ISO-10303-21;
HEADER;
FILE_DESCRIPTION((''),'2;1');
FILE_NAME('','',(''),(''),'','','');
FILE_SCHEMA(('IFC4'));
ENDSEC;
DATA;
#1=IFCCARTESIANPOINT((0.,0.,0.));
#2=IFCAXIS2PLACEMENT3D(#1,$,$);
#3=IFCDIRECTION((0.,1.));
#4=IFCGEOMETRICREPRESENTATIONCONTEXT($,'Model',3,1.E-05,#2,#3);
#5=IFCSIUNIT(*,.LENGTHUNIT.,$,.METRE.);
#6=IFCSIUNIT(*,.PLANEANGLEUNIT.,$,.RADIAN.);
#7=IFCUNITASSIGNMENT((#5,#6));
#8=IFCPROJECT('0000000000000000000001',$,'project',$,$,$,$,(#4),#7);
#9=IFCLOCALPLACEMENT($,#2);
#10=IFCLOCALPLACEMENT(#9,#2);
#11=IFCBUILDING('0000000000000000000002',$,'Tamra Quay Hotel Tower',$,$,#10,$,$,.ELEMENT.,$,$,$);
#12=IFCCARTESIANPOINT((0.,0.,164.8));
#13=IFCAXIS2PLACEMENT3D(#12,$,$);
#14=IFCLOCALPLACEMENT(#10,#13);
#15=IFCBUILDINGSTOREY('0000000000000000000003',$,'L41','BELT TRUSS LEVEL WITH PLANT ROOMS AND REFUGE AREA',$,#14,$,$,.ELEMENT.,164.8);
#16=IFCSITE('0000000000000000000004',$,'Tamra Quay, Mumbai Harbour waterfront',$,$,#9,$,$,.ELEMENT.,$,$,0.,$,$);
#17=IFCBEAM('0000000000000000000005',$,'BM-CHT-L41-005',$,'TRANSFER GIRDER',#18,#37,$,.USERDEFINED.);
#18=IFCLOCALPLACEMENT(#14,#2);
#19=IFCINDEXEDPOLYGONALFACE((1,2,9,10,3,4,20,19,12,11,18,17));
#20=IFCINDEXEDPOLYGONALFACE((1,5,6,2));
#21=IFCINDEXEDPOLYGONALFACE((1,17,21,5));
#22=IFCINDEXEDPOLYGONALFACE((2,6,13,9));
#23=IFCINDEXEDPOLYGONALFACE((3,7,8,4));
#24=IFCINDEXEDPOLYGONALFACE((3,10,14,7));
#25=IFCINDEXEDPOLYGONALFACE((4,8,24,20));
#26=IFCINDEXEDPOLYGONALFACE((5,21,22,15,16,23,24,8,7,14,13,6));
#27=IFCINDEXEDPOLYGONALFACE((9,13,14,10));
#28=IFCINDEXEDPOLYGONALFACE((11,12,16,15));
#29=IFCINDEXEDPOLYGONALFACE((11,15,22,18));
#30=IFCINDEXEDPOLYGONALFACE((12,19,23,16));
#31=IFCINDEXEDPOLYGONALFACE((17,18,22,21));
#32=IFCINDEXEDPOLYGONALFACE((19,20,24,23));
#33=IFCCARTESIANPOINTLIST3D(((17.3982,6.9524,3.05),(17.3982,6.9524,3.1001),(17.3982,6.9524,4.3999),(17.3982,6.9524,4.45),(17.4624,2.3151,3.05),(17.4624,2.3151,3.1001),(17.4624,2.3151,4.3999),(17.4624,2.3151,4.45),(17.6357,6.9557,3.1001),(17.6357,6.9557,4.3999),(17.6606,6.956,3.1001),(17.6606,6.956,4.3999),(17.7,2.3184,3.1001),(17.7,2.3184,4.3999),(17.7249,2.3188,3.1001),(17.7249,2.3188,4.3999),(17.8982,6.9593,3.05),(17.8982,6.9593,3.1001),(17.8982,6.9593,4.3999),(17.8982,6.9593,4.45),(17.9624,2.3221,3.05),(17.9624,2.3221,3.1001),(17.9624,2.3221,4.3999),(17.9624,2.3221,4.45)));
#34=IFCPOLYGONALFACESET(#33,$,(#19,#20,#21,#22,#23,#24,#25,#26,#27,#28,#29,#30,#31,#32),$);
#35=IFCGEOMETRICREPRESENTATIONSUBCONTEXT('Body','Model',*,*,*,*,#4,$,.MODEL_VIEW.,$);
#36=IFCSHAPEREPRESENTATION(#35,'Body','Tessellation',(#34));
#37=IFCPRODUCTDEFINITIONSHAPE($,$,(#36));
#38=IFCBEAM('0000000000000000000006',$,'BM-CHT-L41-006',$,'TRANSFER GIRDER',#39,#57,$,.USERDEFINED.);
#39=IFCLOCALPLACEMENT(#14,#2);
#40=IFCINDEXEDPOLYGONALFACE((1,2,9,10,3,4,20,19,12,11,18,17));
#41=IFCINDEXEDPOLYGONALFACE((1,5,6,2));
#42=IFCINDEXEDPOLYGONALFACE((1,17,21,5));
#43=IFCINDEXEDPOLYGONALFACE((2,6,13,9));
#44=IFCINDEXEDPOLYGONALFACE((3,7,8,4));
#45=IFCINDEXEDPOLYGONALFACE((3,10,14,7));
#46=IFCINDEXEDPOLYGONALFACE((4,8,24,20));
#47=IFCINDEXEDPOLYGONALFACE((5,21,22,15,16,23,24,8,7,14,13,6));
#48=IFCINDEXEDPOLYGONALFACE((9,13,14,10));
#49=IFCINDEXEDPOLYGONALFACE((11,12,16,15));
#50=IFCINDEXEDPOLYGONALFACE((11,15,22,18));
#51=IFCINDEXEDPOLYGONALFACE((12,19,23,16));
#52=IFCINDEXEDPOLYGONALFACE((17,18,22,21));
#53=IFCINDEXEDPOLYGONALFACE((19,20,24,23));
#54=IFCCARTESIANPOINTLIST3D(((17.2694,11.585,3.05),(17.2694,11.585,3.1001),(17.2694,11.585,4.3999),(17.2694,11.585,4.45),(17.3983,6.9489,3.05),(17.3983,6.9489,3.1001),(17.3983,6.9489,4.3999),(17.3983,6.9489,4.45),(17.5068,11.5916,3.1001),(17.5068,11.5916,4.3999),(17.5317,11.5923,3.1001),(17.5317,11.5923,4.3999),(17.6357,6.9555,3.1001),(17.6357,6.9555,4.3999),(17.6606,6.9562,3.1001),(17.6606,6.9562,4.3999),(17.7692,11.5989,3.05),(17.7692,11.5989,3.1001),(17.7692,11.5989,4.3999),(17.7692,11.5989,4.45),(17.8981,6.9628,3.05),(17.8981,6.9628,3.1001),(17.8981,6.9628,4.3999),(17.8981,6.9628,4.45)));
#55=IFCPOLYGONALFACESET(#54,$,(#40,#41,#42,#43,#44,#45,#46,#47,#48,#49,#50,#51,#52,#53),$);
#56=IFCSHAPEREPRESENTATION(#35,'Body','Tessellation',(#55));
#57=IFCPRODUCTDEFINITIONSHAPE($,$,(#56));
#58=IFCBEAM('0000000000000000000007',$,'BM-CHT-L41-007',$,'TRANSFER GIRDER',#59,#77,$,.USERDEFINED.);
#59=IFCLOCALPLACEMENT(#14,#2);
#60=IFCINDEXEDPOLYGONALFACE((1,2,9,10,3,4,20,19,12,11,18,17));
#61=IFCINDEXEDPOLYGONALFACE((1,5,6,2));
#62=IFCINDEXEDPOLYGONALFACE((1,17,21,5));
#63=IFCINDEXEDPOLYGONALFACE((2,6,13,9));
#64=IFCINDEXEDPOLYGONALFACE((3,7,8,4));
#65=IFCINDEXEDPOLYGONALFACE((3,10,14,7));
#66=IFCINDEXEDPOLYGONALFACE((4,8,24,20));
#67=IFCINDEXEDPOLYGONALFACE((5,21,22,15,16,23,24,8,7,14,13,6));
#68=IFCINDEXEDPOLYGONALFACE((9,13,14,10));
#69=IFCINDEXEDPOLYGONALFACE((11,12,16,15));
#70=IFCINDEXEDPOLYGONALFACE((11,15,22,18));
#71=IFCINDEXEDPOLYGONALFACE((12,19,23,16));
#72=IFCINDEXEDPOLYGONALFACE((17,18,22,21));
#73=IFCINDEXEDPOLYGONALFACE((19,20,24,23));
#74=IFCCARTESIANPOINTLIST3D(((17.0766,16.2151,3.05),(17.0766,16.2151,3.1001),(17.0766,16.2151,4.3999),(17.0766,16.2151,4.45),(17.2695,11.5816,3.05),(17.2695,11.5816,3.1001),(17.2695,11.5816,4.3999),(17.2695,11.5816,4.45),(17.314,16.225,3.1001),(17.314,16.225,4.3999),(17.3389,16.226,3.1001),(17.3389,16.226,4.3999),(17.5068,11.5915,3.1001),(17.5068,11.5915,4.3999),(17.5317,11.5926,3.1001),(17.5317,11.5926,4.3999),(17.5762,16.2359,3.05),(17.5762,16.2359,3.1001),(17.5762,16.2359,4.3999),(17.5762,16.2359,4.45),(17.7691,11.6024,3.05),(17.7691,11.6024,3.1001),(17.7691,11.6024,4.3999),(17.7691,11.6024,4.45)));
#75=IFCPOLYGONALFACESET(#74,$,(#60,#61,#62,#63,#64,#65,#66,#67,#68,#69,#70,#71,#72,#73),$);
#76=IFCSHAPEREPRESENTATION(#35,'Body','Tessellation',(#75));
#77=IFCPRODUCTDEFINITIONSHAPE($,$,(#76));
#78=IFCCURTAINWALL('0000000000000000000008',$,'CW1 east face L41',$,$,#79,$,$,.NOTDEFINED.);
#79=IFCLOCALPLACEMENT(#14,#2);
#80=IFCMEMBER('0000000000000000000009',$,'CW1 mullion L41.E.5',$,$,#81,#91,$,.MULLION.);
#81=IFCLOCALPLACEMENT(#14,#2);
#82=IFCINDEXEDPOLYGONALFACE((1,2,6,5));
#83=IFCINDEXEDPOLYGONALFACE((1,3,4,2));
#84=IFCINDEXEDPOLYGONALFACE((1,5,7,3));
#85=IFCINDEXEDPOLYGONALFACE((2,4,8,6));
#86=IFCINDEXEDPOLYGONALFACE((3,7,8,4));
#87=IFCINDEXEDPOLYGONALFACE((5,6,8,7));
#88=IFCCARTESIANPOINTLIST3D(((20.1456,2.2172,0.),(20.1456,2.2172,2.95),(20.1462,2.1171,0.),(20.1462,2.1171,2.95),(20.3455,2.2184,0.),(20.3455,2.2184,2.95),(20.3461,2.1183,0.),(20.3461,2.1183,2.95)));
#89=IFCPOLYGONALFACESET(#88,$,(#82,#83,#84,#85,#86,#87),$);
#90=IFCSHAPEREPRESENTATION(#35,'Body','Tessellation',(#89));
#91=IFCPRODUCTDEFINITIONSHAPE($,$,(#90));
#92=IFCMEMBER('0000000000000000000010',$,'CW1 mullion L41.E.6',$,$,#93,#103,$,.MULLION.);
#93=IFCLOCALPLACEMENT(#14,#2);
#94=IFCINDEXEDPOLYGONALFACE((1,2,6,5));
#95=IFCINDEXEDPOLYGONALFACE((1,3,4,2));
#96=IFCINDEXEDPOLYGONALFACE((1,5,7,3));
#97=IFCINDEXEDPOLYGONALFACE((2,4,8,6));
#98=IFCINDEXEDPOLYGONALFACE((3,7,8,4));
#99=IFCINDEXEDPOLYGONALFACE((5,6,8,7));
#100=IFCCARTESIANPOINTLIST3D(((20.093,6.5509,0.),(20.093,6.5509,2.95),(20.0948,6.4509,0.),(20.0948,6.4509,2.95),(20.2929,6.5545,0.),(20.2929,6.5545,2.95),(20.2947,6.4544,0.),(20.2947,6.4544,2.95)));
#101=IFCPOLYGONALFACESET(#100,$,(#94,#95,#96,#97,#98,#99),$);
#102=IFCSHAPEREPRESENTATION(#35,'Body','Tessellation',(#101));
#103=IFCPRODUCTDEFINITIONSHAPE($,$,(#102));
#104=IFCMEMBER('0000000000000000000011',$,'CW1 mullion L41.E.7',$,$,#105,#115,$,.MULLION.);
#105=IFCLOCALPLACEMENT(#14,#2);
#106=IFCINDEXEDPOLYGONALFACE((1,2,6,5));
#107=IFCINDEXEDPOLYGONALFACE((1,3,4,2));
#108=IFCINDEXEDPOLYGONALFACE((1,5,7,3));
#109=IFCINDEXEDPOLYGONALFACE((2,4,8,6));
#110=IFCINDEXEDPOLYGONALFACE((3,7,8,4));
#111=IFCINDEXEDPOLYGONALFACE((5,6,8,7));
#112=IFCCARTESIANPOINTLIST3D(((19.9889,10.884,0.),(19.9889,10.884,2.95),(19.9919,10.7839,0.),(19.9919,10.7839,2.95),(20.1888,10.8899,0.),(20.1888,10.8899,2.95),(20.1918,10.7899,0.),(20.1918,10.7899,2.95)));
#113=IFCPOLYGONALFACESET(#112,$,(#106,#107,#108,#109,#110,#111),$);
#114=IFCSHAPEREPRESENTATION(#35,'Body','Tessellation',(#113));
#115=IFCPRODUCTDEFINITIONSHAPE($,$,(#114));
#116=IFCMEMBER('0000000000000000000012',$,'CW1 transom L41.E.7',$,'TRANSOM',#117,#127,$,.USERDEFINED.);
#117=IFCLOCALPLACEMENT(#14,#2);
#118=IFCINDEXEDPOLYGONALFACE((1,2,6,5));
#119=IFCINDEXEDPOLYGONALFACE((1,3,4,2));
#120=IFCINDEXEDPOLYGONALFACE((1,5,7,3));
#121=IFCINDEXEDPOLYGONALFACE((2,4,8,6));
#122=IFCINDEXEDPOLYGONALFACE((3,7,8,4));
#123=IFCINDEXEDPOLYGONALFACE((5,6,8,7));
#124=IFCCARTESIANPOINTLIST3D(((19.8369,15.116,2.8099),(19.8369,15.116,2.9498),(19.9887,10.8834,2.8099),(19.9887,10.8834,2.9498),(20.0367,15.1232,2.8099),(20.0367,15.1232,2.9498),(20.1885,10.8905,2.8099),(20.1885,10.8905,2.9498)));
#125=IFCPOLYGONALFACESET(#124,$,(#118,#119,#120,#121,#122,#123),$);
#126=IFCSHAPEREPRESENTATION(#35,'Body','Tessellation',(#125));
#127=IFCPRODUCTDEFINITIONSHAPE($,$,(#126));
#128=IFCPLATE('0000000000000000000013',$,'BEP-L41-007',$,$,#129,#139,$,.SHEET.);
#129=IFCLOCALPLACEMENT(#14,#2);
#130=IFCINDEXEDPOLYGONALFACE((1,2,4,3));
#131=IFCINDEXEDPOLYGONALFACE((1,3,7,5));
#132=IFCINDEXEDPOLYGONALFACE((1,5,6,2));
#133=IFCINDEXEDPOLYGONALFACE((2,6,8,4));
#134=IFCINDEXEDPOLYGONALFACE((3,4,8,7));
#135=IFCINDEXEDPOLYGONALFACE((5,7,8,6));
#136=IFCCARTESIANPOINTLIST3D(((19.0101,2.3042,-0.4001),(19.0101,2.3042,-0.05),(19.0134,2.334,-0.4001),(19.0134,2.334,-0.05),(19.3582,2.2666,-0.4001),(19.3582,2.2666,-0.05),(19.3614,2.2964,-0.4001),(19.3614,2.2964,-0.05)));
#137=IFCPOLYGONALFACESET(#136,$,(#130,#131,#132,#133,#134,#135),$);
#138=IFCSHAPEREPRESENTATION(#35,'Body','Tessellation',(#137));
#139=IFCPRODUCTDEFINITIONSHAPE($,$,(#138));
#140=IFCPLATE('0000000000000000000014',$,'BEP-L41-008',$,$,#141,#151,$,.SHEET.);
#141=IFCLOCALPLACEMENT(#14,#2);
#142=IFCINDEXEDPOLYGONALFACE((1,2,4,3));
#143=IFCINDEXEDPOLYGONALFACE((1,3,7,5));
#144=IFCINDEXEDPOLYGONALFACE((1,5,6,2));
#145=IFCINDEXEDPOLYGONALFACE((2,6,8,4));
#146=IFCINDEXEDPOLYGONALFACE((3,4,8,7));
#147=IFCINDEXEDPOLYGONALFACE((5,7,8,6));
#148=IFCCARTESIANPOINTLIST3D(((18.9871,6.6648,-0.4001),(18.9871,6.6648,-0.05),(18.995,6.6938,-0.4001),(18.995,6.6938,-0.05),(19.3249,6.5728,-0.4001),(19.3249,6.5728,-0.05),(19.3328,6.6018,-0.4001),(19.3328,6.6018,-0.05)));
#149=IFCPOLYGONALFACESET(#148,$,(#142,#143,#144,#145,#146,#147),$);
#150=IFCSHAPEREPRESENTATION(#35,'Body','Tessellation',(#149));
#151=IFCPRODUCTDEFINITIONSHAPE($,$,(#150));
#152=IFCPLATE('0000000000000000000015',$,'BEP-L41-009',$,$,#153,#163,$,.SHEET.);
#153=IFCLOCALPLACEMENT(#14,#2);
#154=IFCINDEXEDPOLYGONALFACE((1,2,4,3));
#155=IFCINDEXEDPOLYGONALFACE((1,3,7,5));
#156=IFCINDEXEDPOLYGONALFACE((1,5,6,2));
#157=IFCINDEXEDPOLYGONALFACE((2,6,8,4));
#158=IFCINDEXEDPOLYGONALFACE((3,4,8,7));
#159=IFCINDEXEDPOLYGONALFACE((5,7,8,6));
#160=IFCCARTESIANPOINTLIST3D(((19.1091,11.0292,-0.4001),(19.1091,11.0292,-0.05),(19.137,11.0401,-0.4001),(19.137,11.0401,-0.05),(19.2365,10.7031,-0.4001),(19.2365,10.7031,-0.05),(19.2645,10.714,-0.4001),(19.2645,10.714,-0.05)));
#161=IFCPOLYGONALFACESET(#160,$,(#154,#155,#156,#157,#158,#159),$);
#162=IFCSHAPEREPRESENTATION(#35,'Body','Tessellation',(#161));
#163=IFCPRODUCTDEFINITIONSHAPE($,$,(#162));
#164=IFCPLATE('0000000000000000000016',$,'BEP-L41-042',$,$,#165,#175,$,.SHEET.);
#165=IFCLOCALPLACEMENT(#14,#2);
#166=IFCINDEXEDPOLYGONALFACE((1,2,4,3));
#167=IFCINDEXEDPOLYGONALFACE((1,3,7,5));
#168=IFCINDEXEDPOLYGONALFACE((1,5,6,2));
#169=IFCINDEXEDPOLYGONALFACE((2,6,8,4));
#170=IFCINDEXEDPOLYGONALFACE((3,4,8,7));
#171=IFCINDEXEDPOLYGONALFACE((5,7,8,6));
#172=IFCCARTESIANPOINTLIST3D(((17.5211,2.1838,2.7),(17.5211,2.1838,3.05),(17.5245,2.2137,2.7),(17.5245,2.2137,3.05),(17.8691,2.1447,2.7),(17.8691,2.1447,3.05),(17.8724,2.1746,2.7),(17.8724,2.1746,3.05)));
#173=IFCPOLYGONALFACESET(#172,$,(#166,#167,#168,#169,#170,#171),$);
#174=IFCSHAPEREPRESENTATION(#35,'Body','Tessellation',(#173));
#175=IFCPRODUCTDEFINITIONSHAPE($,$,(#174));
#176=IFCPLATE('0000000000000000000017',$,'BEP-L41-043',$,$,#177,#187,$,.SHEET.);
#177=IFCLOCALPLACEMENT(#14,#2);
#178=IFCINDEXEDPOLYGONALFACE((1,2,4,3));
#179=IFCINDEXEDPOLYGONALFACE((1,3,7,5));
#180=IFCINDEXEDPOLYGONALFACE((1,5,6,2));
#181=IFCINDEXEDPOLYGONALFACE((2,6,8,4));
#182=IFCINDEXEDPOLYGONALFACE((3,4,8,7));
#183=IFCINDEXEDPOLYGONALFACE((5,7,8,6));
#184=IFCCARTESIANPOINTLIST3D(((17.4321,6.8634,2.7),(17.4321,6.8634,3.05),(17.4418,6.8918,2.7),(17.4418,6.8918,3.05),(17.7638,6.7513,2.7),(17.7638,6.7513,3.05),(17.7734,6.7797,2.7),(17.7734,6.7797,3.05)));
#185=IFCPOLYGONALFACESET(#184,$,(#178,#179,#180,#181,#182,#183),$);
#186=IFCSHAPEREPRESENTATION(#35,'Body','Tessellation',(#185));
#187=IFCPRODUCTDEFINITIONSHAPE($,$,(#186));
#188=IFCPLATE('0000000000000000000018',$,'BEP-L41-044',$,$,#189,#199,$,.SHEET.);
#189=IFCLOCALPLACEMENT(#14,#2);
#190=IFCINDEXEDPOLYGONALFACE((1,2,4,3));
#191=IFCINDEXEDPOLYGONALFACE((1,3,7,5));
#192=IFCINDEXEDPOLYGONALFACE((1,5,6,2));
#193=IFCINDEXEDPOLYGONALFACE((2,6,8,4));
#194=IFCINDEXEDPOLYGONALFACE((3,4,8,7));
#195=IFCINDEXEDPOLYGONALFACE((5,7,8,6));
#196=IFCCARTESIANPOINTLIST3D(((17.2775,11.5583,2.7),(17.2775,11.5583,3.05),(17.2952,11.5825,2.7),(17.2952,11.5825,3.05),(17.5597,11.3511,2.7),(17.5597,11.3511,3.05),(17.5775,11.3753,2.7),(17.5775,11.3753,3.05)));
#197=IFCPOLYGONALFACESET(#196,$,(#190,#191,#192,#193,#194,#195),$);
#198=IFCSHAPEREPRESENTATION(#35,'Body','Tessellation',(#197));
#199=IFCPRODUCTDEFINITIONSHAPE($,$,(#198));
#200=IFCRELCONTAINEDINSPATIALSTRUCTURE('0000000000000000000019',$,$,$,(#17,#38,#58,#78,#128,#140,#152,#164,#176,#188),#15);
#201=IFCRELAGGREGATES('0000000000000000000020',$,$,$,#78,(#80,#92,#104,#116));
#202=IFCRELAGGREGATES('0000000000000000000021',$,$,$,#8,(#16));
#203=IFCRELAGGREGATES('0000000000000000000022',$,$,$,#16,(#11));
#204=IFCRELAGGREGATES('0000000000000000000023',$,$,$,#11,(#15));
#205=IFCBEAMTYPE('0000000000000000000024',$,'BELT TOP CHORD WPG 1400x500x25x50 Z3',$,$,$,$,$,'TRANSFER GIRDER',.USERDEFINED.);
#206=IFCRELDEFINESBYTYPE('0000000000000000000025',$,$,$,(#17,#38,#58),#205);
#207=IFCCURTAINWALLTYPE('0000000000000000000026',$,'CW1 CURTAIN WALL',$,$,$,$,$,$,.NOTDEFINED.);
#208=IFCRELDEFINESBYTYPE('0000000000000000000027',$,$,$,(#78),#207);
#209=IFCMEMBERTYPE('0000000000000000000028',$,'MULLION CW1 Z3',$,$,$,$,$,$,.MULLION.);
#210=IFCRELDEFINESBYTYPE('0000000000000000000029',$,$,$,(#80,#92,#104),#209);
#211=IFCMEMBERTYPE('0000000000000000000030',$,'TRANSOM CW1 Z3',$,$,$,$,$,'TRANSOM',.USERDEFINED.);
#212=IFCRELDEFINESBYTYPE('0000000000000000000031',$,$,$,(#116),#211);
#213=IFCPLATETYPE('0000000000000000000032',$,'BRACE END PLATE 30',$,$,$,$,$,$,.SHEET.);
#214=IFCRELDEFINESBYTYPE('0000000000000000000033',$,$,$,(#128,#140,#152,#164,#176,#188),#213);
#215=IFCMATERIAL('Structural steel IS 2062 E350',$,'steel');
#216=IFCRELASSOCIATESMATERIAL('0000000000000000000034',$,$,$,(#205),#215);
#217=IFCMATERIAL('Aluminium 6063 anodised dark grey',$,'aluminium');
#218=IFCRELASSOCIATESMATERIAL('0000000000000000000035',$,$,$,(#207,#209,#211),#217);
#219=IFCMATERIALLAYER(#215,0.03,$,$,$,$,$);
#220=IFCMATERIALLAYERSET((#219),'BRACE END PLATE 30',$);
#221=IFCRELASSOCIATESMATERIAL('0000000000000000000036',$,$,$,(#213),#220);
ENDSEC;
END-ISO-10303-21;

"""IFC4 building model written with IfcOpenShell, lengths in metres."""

from ifc_helpers import new_model, si_unit, direction, frame, origin, origin_2d, place, context, subcontext, project, spatial, rectangle, i_section, extrude, material, layer, layer_set, material_profile, profile_set, type_object, element, aggregate, save


model = new_model("IFC4")

# Units and contexts
model_context = context("Model", 3, precision=1e-05, world=origin(), true_north=direction((0.0, 1.0)))
body_context = subcontext(model_context, "Body", "Model", "MODEL_VIEW")
ifc_project = project(units=[si_unit("LENGTHUNIT", "METRE"), si_unit("PLANEANGLEUNIT", "RADIAN")], contexts=[model_context])

# Site, building, storey
site_placement = place(None, origin())
site = spatial("IfcSite", under=ifc_project, at=site_placement, Name="Tamra Quay, Mumbai Harbour waterfront", CompositionType="ELEMENT", RefElevation=0.0)
building_placement = place(site_placement, origin())
building = spatial("IfcBuilding", under=site, at=building_placement, Name="Tamra Quay Hotel Tower", CompositionType="ELEMENT")
storey_placement = place(building_placement, frame((0.0, 0.0, 164.8)))
storey = spatial("IfcBuildingStorey", under=building, at=storey_placement, Name="L41", Description="BELT TRUSS LEVEL WITH PLANT ROOMS AND REFUGE AREA", CompositionType="ELEMENT", Elevation=164.8)

# Shared definitions
ifc_material_1 = material(Name="Structural steel IS 2062 E350", Category="steel")

# Beams
ifc_material_profile_1 = material_profile(ifc_material_1, i_section(OverallWidth=0.5, OverallDepth=1.3999, WebThickness=0.0249, FlangeThickness=0.05, at=origin_2d()), Name="WPG 1400x500x25x50")
ifc_profile_set_1 = profile_set([ifc_material_profile_1], Name="Structural steel IS 2062 E350")
beam_type_1 = type_object("IfcBeamType", Name="BELT TOP CHORD WPG 1400x500x25x50 Z3", ElementType="TRANSFER GIRDER", PredefinedType="USERDEFINED", material=ifc_profile_set_1)
beam_1_placement = place(storey_placement, frame((17.7124, 2.3186, 3.75), z_axis=(-0.013845, 0.999904, 0.0), x_axis=(-0.999904, -0.013845, 0.0)))
element("IfcBeam", 1, at=beam_1_placement, inside=storey, type_object=beam_type_1, Name="BM-CHT-L41-005", ObjectType="TRANSFER GIRDER", PredefinedType="USERDEFINED", context=body_context, shape_type="SweptSolid", body=[
    extrude(i_section(OverallWidth=0.5, OverallDepth=1.3999, WebThickness=0.0249, FlangeThickness=0.05, at=origin_2d()), origin(), (0.0, 0.0, 1.0), 4.6377),
])
beam_2_placement = place(storey_placement, frame((17.6482, 6.9558, 3.75), z_axis=(-0.027793, 0.999614, 0.0), x_axis=(-0.999614, -0.027793, 0.0)))
element("IfcBeam", 2, at=beam_2_placement, inside=storey, type_object=beam_type_1, Name="BM-CHT-L41-006", ObjectType="TRANSFER GIRDER", PredefinedType="USERDEFINED", context=body_context, shape_type="SweptSolid", body=[
    extrude(i_section(OverallWidth=0.5, OverallDepth=1.3999, WebThickness=0.0249, FlangeThickness=0.05, at=origin_2d()), origin(), (0.0, 0.0, 1.0), 4.6379),
])
beam_3_placement = place(storey_placement, frame((17.5193, 11.592, 3.75), z_axis=(-0.041589, 0.999135, 0.0), x_axis=(-0.999135, -0.041589, 0.0)))
element("IfcBeam", 3, at=beam_3_placement, inside=storey, type_object=beam_type_1, Name="BM-CHT-L41-007", ObjectType="TRANSFER GIRDER", PredefinedType="USERDEFINED", context=body_context, shape_type="SweptSolid", body=[
    extrude(i_section(OverallWidth=0.5, OverallDepth=1.3999, WebThickness=0.0249, FlangeThickness=0.05, at=origin_2d()), origin(), (0.0, 0.0, 1.0), 4.6375),
])

# Curtain wall, members
ifc_material_2 = material(Name="Aluminium 6063 anodised dark grey", Category="aluminium")
curtain_wall_type = type_object("IfcCurtainWallType", Name="CW1 CURTAIN WALL", PredefinedType="NOTDEFINED", material=ifc_material_2)
curtain_wall_placement = place(storey_placement, origin())
curtain_wall = element("IfcCurtainWall", 4, at=curtain_wall_placement, inside=storey, type_object=curtain_wall_type, Name="CW1 east face L41", PredefinedType="NOTDEFINED")
ifc_material_profile_2 = material_profile(ifc_material_2, rectangle(XDim=0.2, YDim=0.1001, at=origin_2d()), Name="MULLION 100X200")
ifc_profile_set_2 = profile_set([ifc_material_profile_2], Name="Aluminium 6063 anodised dark grey")
member_type_1 = type_object("IfcMemberType", Name="MULLION CW1 Z3", PredefinedType="MULLION", material=ifc_profile_set_2)
member_1_placement = place(storey_placement, frame((20.2458, 2.1677, 0.0), z_axis=(0.0, 0.0, 1.0), x_axis=(0.999982, 0.005979, 0.0)))
member_1 = element("IfcMember", 5, at=member_1_placement, type_object=member_type_1, Name="CW1 mullion L41.E.5", PredefinedType="MULLION", context=body_context, shape_type="SweptSolid", body=[
    extrude(rectangle(XDim=0.2, YDim=0.1001, at=origin_2d()), origin(), (0.0, 0.0, 1.0), 2.95),
])
member_2_placement = place(storey_placement, frame((20.1938, 6.5027, 0.0), z_axis=(0.0, 0.0, 1.0), x_axis=(0.999839, 0.017927, 0.0)))
member_2 = element("IfcMember", 6, at=member_2_placement, type_object=member_type_1, Name="CW1 mullion L41.E.6", PredefinedType="MULLION", context=body_context, shape_type="SweptSolid", body=[
    extrude(rectangle(XDim=0.2, YDim=0.1001, at=origin_2d()), origin(), (0.0, 0.0, 1.0), 2.95),
])
member_3_placement = place(storey_placement, frame((20.0903, 10.8369, 0.0), z_axis=(0.0, 0.0, 1.0), x_axis=(0.999554, 0.029871, 0.0)))
member_3 = element("IfcMember", 7, at=member_3_placement, type_object=member_type_1, Name="CW1 mullion L41.E.7", PredefinedType="MULLION", context=body_context, shape_type="SweptSolid", body=[
    extrude(rectangle(XDim=0.2, YDim=0.1001, at=origin_2d()), origin(), (0.0, 0.0, 1.0), 2.95),
])
ifc_material_profile_3 = material_profile(ifc_material_2, rectangle(XDim=0.2, YDim=0.1399, at=origin_2d()), Name="TRANSOM 200X140")
ifc_profile_set_3 = profile_set([ifc_material_profile_3], Name="Aluminium 6063 anodised dark grey")
member_type_2 = type_object("IfcMemberType", Name="TRANSOM CW1 Z3", ElementType="TRANSOM", PredefinedType="USERDEFINED", material=ifc_profile_set_3)
member_4_placement = place(storey_placement, frame((20.0886, 10.887, 2.8799), z_axis=(-0.035854, 0.999357, 0.0), x_axis=(-0.999357, -0.035854, 0.0)))
member_4 = element("IfcMember", 8, at=member_4_placement, type_object=member_type_2, Name="CW1 transom L41.E.7", ObjectType="TRANSOM", PredefinedType="USERDEFINED", context=body_context, shape_type="SweptSolid", body=[
    extrude(rectangle(XDim=0.2, YDim=0.1399, at=origin_2d()), origin(), (0.0, 0.0, 1.0), 4.2354),
])

# Plates
ifc_layer_1 = layer(ifc_material_1, 0.03)
ifc_layer_set_1 = layer_set([ifc_layer_1], Name="BRACE END PLATE 30")
plate_type_1 = type_object("IfcPlateType", Name="BRACE END PLATE 30", PredefinedType="SHEET", material=ifc_layer_set_1)
for number, where, z_axis, x_axis, name in (
    (9, (19.1858, 2.3003, -0.4001), (0.0, 0.0, 1.0), (0.107378, 0.994218, 0.0), "BEP-L41-007"),
    (10, (19.1599, 6.6333, -0.4001), (0.0, 0.0, 1.0), (0.262646, 0.964892, 0.0), "BEP-L41-008"),
    (11, (19.1868, 10.8716, -0.4001), (0.0, 0.0, 1.0), (0.931403, 0.363989, 0.0), "BEP-L41-009"),
    (12, (17.6968, 2.1792, 2.7), (0.0, 0.0, 1.0), (0.111686, 0.993744, 0.0), "BEP-L41-042"),
    (13, (17.6028, 6.8215, 2.7), (0.0, 0.0, 1.0), (0.320246, 0.947334, 0.0), "BEP-L41-043"),
    (14, (17.4275, 11.4668, 2.7), (0.0, 0.0, 1.0), (0.591612, 0.806223, 0.0), "BEP-L41-044"),
):
    element("IfcPlate", number, at=place(storey_placement, frame(where, z_axis=z_axis, x_axis=x_axis)), inside=storey, type_object=plate_type_1, Name=name, PredefinedType="SHEET", context=body_context, shape_type="SweptSolid", body=[
        extrude(rectangle(XDim=0.03, YDim=0.3501, at=origin_2d()), origin(), (0.0, 0.0, 1.0), 0.3501),
    ])

aggregate(curtain_wall, [member_1, member_2, member_3, member_4])

save(model, "model.ifc")
